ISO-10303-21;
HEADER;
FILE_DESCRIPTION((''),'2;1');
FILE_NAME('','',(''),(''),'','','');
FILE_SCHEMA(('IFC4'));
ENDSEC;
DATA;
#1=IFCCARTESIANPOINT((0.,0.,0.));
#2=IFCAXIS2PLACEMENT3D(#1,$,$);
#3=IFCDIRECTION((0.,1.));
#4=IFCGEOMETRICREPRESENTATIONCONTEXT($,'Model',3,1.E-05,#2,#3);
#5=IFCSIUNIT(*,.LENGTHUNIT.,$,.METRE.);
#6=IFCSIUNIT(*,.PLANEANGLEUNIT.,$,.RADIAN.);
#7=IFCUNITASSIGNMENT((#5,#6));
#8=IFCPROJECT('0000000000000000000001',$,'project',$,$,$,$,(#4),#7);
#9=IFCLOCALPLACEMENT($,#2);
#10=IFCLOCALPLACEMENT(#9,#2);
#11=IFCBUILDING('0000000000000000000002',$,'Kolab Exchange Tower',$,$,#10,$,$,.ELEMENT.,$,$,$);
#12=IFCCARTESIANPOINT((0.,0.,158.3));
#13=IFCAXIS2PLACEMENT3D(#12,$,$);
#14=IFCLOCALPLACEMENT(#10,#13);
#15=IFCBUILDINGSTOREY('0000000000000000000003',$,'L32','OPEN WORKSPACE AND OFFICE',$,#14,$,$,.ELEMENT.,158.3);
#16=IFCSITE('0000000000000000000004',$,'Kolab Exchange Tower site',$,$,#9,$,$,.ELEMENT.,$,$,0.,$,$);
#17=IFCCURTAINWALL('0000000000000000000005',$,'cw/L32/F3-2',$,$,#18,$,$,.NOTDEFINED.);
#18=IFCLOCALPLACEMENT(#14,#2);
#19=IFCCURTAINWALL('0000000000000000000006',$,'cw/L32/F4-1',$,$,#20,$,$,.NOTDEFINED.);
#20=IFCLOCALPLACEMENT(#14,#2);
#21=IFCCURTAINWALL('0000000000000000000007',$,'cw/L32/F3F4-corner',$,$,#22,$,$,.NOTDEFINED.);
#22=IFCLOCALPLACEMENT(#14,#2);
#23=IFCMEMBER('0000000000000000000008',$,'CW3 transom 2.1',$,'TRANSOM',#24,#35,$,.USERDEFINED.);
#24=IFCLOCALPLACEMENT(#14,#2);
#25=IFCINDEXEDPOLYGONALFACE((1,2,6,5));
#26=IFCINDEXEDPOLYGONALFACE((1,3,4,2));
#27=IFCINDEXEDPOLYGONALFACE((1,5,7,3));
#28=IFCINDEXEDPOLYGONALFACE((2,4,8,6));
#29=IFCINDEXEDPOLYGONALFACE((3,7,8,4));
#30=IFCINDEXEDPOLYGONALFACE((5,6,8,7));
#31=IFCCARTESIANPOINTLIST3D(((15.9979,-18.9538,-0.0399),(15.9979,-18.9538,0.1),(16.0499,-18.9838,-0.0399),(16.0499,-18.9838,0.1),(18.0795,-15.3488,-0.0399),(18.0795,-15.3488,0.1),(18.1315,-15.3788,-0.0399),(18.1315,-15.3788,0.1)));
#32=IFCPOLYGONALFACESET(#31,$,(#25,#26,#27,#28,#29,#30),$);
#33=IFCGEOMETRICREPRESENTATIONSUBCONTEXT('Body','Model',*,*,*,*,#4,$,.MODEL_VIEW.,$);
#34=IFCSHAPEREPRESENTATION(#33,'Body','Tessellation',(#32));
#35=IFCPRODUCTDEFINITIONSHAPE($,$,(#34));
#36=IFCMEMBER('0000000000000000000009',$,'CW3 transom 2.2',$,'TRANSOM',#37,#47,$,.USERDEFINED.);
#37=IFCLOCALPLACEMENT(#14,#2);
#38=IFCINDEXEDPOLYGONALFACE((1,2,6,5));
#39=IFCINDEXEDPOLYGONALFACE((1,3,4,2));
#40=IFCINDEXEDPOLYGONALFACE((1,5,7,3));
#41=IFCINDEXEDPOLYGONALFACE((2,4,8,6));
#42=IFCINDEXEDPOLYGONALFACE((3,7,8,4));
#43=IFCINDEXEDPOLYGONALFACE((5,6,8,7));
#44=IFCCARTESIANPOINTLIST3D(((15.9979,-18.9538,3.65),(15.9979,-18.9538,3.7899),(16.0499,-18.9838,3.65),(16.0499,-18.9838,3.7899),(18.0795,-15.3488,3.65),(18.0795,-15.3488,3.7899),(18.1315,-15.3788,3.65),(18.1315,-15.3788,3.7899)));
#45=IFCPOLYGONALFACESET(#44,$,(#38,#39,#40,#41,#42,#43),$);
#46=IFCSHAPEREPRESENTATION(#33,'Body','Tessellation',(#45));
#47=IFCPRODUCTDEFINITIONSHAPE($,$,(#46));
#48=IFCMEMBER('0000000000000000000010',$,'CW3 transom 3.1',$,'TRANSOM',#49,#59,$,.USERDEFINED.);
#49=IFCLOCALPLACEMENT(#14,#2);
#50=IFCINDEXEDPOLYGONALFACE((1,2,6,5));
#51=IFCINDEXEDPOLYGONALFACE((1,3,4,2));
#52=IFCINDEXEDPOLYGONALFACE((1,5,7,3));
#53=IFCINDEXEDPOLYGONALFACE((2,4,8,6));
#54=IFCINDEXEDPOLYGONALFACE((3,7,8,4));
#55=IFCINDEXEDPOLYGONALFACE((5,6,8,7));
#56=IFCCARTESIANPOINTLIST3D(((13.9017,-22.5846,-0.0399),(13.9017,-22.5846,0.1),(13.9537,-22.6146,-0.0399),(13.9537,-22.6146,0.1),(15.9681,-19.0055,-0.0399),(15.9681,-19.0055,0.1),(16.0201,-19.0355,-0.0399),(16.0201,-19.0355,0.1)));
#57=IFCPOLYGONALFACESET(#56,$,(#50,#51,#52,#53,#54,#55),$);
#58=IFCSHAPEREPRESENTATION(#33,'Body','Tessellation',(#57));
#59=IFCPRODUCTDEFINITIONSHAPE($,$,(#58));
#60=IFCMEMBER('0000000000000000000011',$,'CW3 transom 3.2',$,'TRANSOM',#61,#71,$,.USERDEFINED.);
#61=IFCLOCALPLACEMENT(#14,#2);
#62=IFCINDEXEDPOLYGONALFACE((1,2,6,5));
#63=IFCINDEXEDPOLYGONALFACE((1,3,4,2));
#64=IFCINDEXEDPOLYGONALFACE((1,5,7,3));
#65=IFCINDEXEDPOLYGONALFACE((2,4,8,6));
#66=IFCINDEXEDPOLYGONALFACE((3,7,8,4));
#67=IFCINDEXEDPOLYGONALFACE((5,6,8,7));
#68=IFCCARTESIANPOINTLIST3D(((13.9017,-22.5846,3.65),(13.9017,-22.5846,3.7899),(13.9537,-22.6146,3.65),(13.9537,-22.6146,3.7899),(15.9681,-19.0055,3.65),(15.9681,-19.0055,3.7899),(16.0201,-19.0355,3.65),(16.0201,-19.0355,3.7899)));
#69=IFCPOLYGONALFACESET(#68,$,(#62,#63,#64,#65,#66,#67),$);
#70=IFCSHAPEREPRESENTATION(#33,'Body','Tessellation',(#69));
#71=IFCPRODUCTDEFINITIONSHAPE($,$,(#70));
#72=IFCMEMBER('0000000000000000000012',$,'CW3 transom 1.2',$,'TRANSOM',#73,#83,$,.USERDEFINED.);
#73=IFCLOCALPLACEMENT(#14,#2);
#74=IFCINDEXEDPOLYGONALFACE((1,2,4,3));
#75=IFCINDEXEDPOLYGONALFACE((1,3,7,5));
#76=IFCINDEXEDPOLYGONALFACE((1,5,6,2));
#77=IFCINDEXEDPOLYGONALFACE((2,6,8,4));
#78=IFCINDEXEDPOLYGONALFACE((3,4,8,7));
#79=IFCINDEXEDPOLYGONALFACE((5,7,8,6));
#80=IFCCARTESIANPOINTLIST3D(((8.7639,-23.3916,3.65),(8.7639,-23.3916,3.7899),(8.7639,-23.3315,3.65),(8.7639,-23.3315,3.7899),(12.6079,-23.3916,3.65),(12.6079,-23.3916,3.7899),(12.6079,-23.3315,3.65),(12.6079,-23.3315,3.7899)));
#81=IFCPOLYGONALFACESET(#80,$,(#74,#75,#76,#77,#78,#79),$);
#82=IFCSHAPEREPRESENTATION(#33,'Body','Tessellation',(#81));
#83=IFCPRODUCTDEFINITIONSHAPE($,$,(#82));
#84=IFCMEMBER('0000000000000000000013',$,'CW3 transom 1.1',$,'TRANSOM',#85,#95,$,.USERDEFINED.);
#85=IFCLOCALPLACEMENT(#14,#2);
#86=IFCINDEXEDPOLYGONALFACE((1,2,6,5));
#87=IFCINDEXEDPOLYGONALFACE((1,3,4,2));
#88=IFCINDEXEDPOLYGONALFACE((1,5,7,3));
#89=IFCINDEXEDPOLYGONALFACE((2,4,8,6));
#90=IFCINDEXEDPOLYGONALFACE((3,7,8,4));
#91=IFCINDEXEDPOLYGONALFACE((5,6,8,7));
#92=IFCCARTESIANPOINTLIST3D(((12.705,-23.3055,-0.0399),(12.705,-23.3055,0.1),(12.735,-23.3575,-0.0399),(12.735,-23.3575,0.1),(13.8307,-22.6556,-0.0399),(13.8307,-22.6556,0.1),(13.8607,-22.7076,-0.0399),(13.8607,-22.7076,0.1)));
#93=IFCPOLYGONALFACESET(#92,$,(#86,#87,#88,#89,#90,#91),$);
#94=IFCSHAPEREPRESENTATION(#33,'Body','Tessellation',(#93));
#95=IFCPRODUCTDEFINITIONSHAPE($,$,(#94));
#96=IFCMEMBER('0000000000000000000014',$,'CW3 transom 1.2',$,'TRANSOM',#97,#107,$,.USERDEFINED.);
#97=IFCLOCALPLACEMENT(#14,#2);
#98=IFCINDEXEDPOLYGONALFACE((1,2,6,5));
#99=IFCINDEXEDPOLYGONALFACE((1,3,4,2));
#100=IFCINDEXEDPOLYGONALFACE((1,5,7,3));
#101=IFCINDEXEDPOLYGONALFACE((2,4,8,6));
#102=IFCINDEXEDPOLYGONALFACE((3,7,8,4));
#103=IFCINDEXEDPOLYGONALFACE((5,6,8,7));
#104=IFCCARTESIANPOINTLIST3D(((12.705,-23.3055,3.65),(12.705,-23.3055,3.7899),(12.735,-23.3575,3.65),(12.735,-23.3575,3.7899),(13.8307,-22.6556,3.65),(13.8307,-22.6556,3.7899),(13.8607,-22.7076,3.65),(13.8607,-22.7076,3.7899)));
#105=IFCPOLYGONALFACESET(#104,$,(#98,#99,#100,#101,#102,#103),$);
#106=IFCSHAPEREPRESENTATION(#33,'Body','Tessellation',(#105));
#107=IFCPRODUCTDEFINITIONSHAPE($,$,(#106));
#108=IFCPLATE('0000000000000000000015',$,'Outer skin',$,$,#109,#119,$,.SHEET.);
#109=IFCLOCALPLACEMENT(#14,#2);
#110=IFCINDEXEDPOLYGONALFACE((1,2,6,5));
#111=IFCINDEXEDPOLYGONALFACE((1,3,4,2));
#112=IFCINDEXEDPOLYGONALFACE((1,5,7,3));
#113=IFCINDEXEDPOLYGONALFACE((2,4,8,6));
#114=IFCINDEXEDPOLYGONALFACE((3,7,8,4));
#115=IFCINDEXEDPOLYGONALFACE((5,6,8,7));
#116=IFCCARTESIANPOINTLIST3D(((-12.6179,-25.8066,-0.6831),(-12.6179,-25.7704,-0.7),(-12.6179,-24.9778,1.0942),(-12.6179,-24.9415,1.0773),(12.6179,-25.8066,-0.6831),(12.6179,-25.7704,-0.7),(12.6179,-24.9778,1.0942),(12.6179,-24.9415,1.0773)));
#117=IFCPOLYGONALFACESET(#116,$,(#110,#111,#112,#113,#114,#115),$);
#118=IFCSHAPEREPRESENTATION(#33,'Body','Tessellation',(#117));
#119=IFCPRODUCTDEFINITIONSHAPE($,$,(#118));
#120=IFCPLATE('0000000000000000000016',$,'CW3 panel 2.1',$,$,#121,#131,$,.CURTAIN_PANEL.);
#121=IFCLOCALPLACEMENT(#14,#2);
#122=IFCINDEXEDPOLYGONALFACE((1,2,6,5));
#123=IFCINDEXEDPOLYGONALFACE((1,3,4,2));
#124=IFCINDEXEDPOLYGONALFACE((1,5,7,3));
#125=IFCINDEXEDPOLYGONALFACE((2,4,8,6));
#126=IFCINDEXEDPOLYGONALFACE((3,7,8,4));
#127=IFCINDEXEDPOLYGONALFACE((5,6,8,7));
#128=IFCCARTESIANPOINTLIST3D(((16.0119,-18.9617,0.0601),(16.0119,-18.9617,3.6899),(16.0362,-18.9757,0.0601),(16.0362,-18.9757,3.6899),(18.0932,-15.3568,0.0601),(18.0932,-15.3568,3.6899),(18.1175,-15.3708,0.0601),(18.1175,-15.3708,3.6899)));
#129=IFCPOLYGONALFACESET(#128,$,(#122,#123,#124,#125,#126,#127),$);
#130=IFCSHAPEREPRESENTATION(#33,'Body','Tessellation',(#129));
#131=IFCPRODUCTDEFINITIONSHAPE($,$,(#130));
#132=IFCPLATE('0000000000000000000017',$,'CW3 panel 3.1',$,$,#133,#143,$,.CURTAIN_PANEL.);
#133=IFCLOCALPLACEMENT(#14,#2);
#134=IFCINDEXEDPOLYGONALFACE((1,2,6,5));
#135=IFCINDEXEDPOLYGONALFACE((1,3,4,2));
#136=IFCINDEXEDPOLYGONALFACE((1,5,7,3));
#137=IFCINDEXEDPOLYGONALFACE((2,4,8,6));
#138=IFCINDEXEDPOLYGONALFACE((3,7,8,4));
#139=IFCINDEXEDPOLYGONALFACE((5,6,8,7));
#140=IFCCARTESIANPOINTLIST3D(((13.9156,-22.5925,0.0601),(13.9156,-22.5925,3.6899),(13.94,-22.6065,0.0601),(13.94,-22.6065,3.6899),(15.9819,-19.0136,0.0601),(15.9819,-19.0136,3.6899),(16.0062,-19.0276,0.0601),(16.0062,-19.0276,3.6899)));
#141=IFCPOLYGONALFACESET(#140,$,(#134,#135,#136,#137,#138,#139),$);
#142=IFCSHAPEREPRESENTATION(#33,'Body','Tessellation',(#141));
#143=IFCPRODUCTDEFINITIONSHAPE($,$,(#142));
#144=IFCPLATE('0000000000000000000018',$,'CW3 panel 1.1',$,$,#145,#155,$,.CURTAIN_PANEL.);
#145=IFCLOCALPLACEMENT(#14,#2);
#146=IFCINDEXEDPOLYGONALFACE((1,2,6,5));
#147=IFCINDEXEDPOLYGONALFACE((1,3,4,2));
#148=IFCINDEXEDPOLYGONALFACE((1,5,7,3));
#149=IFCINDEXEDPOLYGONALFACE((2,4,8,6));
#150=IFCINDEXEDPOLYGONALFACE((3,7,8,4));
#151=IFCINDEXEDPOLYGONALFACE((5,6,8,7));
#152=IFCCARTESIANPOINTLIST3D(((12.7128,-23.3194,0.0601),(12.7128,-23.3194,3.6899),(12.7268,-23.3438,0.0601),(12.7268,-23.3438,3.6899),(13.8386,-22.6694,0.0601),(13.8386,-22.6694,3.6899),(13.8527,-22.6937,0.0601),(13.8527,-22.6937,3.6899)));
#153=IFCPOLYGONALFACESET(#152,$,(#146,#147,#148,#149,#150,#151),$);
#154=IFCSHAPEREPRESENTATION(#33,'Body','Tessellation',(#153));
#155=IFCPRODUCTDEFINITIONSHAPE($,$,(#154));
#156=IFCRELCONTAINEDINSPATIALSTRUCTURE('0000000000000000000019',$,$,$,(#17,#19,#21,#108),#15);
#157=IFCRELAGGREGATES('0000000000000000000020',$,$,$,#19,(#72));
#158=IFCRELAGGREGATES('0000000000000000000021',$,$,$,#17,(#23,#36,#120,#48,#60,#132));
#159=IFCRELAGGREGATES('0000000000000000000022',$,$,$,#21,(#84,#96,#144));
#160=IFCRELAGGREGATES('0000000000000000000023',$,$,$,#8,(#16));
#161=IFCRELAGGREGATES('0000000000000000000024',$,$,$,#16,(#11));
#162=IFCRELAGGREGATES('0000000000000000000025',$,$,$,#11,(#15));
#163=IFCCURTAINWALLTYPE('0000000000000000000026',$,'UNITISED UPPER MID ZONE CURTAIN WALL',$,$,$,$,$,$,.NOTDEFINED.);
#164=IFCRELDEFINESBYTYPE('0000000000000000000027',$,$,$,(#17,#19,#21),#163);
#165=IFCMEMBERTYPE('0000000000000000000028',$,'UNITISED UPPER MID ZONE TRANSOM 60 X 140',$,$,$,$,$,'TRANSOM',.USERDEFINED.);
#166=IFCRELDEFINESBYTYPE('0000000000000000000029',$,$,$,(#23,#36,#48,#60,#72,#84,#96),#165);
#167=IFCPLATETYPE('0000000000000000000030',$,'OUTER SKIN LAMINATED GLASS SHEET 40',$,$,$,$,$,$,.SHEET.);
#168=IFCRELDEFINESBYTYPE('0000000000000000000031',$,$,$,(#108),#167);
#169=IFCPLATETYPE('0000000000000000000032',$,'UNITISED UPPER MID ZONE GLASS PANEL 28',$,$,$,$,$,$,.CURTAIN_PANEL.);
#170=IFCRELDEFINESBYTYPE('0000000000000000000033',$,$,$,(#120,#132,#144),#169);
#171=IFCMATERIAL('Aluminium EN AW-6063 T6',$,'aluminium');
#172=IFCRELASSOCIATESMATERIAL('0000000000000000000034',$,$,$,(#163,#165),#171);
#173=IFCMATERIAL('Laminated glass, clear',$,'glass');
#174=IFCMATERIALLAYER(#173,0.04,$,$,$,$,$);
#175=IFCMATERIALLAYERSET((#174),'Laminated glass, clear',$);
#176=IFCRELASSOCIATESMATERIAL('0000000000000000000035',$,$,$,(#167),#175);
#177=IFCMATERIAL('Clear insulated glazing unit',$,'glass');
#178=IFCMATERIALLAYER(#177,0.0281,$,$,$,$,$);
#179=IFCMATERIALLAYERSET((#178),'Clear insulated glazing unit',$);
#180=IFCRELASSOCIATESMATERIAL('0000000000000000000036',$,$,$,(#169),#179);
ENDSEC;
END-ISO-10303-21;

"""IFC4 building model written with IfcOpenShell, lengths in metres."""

from ifc_helpers import new_model, si_unit, direction, frame, origin, origin_2d, place, context, subcontext, project, spatial, polyline, rectangle, outline, extrude, material, layer, layer_set, material_profile, profile_set, type_object, element, aggregate, save


model = new_model("IFC4")

# Units and contexts
model_context = context("Model", 3, precision=1e-05, world=origin(), true_north=direction((0.0, 1.0)))
body_context = subcontext(model_context, "Body", "Model", "MODEL_VIEW")
ifc_project = project(units=[si_unit("LENGTHUNIT", "METRE"), si_unit("PLANEANGLEUNIT", "RADIAN")], contexts=[model_context])

# Site, building, storey
site_placement = place(None, origin())
site = spatial("IfcSite", under=ifc_project, at=site_placement, Name="Kolab Exchange Tower site", CompositionType="ELEMENT", RefElevation=0.0)
building_placement = place(site_placement, origin())
building = spatial("IfcBuilding", under=site, at=building_placement, Name="Kolab Exchange Tower", CompositionType="ELEMENT")
storey_placement = place(building_placement, frame((0.0, 0.0, 158.3)))
storey = spatial("IfcBuildingStorey", under=building, at=storey_placement, Name="L32", Description="OPEN WORKSPACE AND OFFICE", CompositionType="ELEMENT", Elevation=158.3)

# Curtain wall
ifc_material_1 = material(Name="Aluminium EN AW-6063 T6", Category="aluminium")
curtain_wall_type = type_object("IfcCurtainWallType", Name="UNITISED UPPER MID ZONE CURTAIN WALL", PredefinedType="NOTDEFINED", material=ifc_material_1)
curtain_wall_1_placement = place(storey_placement, origin())
curtain_wall_1 = element("IfcCurtainWall", 1, at=curtain_wall_1_placement, inside=storey, type_object=curtain_wall_type, Name="cw/L32/F3-2", PredefinedType="NOTDEFINED")

# Curtain wall
curtain_wall_2_placement = place(storey_placement, origin())
curtain_wall_2 = element("IfcCurtainWall", 2, at=curtain_wall_2_placement, inside=storey, type_object=curtain_wall_type, Name="cw/L32/F4-1", PredefinedType="NOTDEFINED")

# Curtain wall
curtain_wall_3_placement = place(storey_placement, origin())
curtain_wall_3 = element("IfcCurtainWall", 3, at=curtain_wall_3_placement, inside=storey, type_object=curtain_wall_type, Name="cw/L32/F3F4-corner", PredefinedType="NOTDEFINED")

# Members
ifc_material_profile_1 = material_profile(ifc_material_1, rectangle(XDim=0.0601, YDim=0.1399, at=origin_2d()), Name="RECT 60X140")
ifc_profile_set_1 = profile_set([ifc_material_profile_1], Name="Aluminium EN AW-6063 T6")
member_type_1 = type_object("IfcMemberType", Name="UNITISED UPPER MID ZONE TRANSOM 60 X 140", ElementType="TRANSOM", PredefinedType="USERDEFINED", material=ifc_profile_set_1)
member_1_placement = place(storey_placement, frame((18.1055, -15.3638, 0.03), z_axis=(-0.500037, -0.866004, 0.0), x_axis=(0.866004, -0.500037, 0.0)))
member_1 = element("IfcMember", 4, at=member_1_placement, type_object=member_type_1, Name="CW3 transom 2.1", ObjectType="TRANSOM", PredefinedType="USERDEFINED", context=body_context, shape_type="SweptSolid", body=[
    extrude(rectangle(XDim=0.0601, YDim=0.1399, at=origin_2d()), origin(), (0.0, 0.0, 1.0), 4.1628),
])
member_2_placement = place(storey_placement, frame((18.1055, -15.3638, 3.72), z_axis=(-0.500037, -0.866004, 0.0), x_axis=(0.866004, -0.500037, 0.0)))
member_2 = element("IfcMember", 5, at=member_2_placement, type_object=member_type_1, Name="CW3 transom 2.2", ObjectType="TRANSOM", PredefinedType="USERDEFINED", context=body_context, shape_type="SweptSolid", body=[
    extrude(rectangle(XDim=0.0601, YDim=0.1399, at=origin_2d()), origin(), (0.0, 0.0, 1.0), 4.1628),
])
member_3_placement = place(storey_placement, frame((15.9941, -19.0205, 0.03), z_axis=(-0.500002, -0.866024, 0.0), x_axis=(0.866024, -0.500002, 0.0)))
member_3 = element("IfcMember", 6, at=member_3_placement, type_object=member_type_1, Name="CW3 transom 3.1", ObjectType="TRANSOM", PredefinedType="USERDEFINED", context=body_context, shape_type="SweptSolid", body=[
    extrude(rectangle(XDim=0.0601, YDim=0.1399, at=origin_2d()), origin(), (0.0, 0.0, 1.0), 4.1328),
])
member_4_placement = place(storey_placement, frame((15.9941, -19.0205, 3.72), z_axis=(-0.500002, -0.866024, 0.0), x_axis=(0.866024, -0.500002, 0.0)))
member_4 = element("IfcMember", 7, at=member_4_placement, type_object=member_type_1, Name="CW3 transom 3.2", ObjectType="TRANSOM", PredefinedType="USERDEFINED", context=body_context, shape_type="SweptSolid", body=[
    extrude(rectangle(XDim=0.0601, YDim=0.1399, at=origin_2d()), origin(), (0.0, 0.0, 1.0), 4.1328),
])
member_5_placement = place(storey_placement, frame((12.6079, -23.3616, 3.72), z_axis=(-1.0, 0.0, 0.0), x_axis=(0.0, -1.0, 0.0)))
member_5 = element("IfcMember", 8, at=member_5_placement, type_object=member_type_1, Name="CW3 transom 1.2", ObjectType="TRANSOM", PredefinedType="USERDEFINED", context=body_context, shape_type="SweptSolid", body=[
    extrude(rectangle(XDim=0.0601, YDim=0.1399, at=origin_2d()), origin(), (0.0, 0.0, 1.0), 3.844),
])
aggregate(curtain_wall_2, [member_5])
member_6_placement = place(storey_placement, frame((13.8457, -22.6816, 0.03), z_axis=(-0.866039, -0.499977, 0.0), x_axis=(0.499977, -0.866039, 0.0)))
member_6 = element("IfcMember", 9, at=member_6_placement, type_object=member_type_1, Name="CW3 transom 1.1", ObjectType="TRANSOM", PredefinedType="USERDEFINED", context=body_context, shape_type="SweptSolid", body=[
    extrude(rectangle(XDim=0.0601, YDim=0.1399, at=origin_2d()), origin(), (0.0, 0.0, 1.0), 1.2998),
])
member_7_placement = place(storey_placement, frame((13.8457, -22.6816, 3.72), z_axis=(-0.866039, -0.499977, 0.0), x_axis=(0.499977, -0.866039, 0.0)))
member_7 = element("IfcMember", 10, at=member_7_placement, type_object=member_type_1, Name="CW3 transom 1.2", ObjectType="TRANSOM", PredefinedType="USERDEFINED", context=body_context, shape_type="SweptSolid", body=[
    extrude(rectangle(XDim=0.0601, YDim=0.1399, at=origin_2d()), origin(), (0.0, 0.0, 1.0), 1.2998),
])

# Plates
ifc_material_2 = material(Name="Laminated glass, clear", Category="glass")
ifc_layer_1 = layer(ifc_material_2, 0.04)
ifc_layer_set_1 = layer_set([ifc_layer_1], Name="Laminated glass, clear")
plate_type_1 = type_object("IfcPlateType", Name="OUTER SKIN LAMINATED GLASS SHEET 40", PredefinedType="SHEET", material=ifc_layer_set_1)
plate_1_placement = place(storey_placement, frame((12.6179, -25.8066, -0.6831), z_axis=(0.0, -0.906294, 0.422647), x_axis=(-1.0, 0.0, 0.0)))
element("IfcPlate", 11, at=plate_1_placement, inside=storey, type_object=plate_type_1, Name="Outer skin", PredefinedType="SHEET", context=body_context, shape_type="SweptSolid", body=[
    extrude(outline(polyline([(0.0, 0.0), (25.2358, 0.0), (25.2358, -1.9611), (0.0, -1.9611), (0.0, 0.0)])), origin(), (0.0, 0.0, -1.0), 0.04),
])
ifc_material_3 = material(Name="Clear insulated glazing unit", Category="glass")
ifc_layer_2 = layer(ifc_material_3, 0.0281)
ifc_layer_set_2 = layer_set([ifc_layer_2], Name="Clear insulated glazing unit")
plate_type_2 = type_object("IfcPlateType", Name="UNITISED UPPER MID ZONE GLASS PANEL 28", PredefinedType="CURTAIN_PANEL", material=ifc_layer_set_2)
plate_2_placement = place(storey_placement, frame((17.0647, -17.1663, 0.0601), z_axis=(0.0, 0.0, 1.0), x_axis=(-0.5, -0.866025, 0.0)))
plate_2 = element("IfcPlate", 12, at=plate_2_placement, type_object=plate_type_2, Name="CW3 panel 2.1", PredefinedType="CURTAIN_PANEL", context=body_context, shape_type="SweptSolid", body=[
    extrude(rectangle(XDim=4.1626, YDim=0.0281, at=origin_2d()), origin(), (0.0, 0.0, 1.0), 3.6299),
])
plate_3_placement = place(storey_placement, frame((14.9609, -20.8101, 0.0601), z_axis=(0.0, 0.0, 1.0), x_axis=(-0.5, -0.866025, 0.0)))
plate_3 = element("IfcPlate", 13, at=plate_3_placement, type_object=plate_type_2, Name="CW3 panel 3.1", PredefinedType="CURTAIN_PANEL", context=body_context, shape_type="SweptSolid", body=[
    extrude(rectangle(XDim=4.1326, YDim=0.0281, at=origin_2d()), origin(), (0.0, 0.0, 1.0), 3.6299),
])
aggregate(curtain_wall_1, [member_1, member_2, plate_2, member_3, member_4, plate_3])
plate_4_placement = place(storey_placement, frame((13.2827, -23.0066, 0.0601), z_axis=(0.0, 0.0, 1.0), x_axis=(-0.866025, -0.5, 0.0)))
plate_4 = element("IfcPlate", 14, at=plate_4_placement, type_object=plate_type_2, Name="CW3 panel 1.1", PredefinedType="CURTAIN_PANEL", context=body_context, shape_type="SweptSolid", body=[
    extrude(rectangle(XDim=1.3, YDim=0.0281, at=origin_2d()), origin(), (0.0, 0.0, 1.0), 3.6299),
])
aggregate(curtain_wall_3, [member_6, member_7, plate_4])

save(model, "model.ifc")
